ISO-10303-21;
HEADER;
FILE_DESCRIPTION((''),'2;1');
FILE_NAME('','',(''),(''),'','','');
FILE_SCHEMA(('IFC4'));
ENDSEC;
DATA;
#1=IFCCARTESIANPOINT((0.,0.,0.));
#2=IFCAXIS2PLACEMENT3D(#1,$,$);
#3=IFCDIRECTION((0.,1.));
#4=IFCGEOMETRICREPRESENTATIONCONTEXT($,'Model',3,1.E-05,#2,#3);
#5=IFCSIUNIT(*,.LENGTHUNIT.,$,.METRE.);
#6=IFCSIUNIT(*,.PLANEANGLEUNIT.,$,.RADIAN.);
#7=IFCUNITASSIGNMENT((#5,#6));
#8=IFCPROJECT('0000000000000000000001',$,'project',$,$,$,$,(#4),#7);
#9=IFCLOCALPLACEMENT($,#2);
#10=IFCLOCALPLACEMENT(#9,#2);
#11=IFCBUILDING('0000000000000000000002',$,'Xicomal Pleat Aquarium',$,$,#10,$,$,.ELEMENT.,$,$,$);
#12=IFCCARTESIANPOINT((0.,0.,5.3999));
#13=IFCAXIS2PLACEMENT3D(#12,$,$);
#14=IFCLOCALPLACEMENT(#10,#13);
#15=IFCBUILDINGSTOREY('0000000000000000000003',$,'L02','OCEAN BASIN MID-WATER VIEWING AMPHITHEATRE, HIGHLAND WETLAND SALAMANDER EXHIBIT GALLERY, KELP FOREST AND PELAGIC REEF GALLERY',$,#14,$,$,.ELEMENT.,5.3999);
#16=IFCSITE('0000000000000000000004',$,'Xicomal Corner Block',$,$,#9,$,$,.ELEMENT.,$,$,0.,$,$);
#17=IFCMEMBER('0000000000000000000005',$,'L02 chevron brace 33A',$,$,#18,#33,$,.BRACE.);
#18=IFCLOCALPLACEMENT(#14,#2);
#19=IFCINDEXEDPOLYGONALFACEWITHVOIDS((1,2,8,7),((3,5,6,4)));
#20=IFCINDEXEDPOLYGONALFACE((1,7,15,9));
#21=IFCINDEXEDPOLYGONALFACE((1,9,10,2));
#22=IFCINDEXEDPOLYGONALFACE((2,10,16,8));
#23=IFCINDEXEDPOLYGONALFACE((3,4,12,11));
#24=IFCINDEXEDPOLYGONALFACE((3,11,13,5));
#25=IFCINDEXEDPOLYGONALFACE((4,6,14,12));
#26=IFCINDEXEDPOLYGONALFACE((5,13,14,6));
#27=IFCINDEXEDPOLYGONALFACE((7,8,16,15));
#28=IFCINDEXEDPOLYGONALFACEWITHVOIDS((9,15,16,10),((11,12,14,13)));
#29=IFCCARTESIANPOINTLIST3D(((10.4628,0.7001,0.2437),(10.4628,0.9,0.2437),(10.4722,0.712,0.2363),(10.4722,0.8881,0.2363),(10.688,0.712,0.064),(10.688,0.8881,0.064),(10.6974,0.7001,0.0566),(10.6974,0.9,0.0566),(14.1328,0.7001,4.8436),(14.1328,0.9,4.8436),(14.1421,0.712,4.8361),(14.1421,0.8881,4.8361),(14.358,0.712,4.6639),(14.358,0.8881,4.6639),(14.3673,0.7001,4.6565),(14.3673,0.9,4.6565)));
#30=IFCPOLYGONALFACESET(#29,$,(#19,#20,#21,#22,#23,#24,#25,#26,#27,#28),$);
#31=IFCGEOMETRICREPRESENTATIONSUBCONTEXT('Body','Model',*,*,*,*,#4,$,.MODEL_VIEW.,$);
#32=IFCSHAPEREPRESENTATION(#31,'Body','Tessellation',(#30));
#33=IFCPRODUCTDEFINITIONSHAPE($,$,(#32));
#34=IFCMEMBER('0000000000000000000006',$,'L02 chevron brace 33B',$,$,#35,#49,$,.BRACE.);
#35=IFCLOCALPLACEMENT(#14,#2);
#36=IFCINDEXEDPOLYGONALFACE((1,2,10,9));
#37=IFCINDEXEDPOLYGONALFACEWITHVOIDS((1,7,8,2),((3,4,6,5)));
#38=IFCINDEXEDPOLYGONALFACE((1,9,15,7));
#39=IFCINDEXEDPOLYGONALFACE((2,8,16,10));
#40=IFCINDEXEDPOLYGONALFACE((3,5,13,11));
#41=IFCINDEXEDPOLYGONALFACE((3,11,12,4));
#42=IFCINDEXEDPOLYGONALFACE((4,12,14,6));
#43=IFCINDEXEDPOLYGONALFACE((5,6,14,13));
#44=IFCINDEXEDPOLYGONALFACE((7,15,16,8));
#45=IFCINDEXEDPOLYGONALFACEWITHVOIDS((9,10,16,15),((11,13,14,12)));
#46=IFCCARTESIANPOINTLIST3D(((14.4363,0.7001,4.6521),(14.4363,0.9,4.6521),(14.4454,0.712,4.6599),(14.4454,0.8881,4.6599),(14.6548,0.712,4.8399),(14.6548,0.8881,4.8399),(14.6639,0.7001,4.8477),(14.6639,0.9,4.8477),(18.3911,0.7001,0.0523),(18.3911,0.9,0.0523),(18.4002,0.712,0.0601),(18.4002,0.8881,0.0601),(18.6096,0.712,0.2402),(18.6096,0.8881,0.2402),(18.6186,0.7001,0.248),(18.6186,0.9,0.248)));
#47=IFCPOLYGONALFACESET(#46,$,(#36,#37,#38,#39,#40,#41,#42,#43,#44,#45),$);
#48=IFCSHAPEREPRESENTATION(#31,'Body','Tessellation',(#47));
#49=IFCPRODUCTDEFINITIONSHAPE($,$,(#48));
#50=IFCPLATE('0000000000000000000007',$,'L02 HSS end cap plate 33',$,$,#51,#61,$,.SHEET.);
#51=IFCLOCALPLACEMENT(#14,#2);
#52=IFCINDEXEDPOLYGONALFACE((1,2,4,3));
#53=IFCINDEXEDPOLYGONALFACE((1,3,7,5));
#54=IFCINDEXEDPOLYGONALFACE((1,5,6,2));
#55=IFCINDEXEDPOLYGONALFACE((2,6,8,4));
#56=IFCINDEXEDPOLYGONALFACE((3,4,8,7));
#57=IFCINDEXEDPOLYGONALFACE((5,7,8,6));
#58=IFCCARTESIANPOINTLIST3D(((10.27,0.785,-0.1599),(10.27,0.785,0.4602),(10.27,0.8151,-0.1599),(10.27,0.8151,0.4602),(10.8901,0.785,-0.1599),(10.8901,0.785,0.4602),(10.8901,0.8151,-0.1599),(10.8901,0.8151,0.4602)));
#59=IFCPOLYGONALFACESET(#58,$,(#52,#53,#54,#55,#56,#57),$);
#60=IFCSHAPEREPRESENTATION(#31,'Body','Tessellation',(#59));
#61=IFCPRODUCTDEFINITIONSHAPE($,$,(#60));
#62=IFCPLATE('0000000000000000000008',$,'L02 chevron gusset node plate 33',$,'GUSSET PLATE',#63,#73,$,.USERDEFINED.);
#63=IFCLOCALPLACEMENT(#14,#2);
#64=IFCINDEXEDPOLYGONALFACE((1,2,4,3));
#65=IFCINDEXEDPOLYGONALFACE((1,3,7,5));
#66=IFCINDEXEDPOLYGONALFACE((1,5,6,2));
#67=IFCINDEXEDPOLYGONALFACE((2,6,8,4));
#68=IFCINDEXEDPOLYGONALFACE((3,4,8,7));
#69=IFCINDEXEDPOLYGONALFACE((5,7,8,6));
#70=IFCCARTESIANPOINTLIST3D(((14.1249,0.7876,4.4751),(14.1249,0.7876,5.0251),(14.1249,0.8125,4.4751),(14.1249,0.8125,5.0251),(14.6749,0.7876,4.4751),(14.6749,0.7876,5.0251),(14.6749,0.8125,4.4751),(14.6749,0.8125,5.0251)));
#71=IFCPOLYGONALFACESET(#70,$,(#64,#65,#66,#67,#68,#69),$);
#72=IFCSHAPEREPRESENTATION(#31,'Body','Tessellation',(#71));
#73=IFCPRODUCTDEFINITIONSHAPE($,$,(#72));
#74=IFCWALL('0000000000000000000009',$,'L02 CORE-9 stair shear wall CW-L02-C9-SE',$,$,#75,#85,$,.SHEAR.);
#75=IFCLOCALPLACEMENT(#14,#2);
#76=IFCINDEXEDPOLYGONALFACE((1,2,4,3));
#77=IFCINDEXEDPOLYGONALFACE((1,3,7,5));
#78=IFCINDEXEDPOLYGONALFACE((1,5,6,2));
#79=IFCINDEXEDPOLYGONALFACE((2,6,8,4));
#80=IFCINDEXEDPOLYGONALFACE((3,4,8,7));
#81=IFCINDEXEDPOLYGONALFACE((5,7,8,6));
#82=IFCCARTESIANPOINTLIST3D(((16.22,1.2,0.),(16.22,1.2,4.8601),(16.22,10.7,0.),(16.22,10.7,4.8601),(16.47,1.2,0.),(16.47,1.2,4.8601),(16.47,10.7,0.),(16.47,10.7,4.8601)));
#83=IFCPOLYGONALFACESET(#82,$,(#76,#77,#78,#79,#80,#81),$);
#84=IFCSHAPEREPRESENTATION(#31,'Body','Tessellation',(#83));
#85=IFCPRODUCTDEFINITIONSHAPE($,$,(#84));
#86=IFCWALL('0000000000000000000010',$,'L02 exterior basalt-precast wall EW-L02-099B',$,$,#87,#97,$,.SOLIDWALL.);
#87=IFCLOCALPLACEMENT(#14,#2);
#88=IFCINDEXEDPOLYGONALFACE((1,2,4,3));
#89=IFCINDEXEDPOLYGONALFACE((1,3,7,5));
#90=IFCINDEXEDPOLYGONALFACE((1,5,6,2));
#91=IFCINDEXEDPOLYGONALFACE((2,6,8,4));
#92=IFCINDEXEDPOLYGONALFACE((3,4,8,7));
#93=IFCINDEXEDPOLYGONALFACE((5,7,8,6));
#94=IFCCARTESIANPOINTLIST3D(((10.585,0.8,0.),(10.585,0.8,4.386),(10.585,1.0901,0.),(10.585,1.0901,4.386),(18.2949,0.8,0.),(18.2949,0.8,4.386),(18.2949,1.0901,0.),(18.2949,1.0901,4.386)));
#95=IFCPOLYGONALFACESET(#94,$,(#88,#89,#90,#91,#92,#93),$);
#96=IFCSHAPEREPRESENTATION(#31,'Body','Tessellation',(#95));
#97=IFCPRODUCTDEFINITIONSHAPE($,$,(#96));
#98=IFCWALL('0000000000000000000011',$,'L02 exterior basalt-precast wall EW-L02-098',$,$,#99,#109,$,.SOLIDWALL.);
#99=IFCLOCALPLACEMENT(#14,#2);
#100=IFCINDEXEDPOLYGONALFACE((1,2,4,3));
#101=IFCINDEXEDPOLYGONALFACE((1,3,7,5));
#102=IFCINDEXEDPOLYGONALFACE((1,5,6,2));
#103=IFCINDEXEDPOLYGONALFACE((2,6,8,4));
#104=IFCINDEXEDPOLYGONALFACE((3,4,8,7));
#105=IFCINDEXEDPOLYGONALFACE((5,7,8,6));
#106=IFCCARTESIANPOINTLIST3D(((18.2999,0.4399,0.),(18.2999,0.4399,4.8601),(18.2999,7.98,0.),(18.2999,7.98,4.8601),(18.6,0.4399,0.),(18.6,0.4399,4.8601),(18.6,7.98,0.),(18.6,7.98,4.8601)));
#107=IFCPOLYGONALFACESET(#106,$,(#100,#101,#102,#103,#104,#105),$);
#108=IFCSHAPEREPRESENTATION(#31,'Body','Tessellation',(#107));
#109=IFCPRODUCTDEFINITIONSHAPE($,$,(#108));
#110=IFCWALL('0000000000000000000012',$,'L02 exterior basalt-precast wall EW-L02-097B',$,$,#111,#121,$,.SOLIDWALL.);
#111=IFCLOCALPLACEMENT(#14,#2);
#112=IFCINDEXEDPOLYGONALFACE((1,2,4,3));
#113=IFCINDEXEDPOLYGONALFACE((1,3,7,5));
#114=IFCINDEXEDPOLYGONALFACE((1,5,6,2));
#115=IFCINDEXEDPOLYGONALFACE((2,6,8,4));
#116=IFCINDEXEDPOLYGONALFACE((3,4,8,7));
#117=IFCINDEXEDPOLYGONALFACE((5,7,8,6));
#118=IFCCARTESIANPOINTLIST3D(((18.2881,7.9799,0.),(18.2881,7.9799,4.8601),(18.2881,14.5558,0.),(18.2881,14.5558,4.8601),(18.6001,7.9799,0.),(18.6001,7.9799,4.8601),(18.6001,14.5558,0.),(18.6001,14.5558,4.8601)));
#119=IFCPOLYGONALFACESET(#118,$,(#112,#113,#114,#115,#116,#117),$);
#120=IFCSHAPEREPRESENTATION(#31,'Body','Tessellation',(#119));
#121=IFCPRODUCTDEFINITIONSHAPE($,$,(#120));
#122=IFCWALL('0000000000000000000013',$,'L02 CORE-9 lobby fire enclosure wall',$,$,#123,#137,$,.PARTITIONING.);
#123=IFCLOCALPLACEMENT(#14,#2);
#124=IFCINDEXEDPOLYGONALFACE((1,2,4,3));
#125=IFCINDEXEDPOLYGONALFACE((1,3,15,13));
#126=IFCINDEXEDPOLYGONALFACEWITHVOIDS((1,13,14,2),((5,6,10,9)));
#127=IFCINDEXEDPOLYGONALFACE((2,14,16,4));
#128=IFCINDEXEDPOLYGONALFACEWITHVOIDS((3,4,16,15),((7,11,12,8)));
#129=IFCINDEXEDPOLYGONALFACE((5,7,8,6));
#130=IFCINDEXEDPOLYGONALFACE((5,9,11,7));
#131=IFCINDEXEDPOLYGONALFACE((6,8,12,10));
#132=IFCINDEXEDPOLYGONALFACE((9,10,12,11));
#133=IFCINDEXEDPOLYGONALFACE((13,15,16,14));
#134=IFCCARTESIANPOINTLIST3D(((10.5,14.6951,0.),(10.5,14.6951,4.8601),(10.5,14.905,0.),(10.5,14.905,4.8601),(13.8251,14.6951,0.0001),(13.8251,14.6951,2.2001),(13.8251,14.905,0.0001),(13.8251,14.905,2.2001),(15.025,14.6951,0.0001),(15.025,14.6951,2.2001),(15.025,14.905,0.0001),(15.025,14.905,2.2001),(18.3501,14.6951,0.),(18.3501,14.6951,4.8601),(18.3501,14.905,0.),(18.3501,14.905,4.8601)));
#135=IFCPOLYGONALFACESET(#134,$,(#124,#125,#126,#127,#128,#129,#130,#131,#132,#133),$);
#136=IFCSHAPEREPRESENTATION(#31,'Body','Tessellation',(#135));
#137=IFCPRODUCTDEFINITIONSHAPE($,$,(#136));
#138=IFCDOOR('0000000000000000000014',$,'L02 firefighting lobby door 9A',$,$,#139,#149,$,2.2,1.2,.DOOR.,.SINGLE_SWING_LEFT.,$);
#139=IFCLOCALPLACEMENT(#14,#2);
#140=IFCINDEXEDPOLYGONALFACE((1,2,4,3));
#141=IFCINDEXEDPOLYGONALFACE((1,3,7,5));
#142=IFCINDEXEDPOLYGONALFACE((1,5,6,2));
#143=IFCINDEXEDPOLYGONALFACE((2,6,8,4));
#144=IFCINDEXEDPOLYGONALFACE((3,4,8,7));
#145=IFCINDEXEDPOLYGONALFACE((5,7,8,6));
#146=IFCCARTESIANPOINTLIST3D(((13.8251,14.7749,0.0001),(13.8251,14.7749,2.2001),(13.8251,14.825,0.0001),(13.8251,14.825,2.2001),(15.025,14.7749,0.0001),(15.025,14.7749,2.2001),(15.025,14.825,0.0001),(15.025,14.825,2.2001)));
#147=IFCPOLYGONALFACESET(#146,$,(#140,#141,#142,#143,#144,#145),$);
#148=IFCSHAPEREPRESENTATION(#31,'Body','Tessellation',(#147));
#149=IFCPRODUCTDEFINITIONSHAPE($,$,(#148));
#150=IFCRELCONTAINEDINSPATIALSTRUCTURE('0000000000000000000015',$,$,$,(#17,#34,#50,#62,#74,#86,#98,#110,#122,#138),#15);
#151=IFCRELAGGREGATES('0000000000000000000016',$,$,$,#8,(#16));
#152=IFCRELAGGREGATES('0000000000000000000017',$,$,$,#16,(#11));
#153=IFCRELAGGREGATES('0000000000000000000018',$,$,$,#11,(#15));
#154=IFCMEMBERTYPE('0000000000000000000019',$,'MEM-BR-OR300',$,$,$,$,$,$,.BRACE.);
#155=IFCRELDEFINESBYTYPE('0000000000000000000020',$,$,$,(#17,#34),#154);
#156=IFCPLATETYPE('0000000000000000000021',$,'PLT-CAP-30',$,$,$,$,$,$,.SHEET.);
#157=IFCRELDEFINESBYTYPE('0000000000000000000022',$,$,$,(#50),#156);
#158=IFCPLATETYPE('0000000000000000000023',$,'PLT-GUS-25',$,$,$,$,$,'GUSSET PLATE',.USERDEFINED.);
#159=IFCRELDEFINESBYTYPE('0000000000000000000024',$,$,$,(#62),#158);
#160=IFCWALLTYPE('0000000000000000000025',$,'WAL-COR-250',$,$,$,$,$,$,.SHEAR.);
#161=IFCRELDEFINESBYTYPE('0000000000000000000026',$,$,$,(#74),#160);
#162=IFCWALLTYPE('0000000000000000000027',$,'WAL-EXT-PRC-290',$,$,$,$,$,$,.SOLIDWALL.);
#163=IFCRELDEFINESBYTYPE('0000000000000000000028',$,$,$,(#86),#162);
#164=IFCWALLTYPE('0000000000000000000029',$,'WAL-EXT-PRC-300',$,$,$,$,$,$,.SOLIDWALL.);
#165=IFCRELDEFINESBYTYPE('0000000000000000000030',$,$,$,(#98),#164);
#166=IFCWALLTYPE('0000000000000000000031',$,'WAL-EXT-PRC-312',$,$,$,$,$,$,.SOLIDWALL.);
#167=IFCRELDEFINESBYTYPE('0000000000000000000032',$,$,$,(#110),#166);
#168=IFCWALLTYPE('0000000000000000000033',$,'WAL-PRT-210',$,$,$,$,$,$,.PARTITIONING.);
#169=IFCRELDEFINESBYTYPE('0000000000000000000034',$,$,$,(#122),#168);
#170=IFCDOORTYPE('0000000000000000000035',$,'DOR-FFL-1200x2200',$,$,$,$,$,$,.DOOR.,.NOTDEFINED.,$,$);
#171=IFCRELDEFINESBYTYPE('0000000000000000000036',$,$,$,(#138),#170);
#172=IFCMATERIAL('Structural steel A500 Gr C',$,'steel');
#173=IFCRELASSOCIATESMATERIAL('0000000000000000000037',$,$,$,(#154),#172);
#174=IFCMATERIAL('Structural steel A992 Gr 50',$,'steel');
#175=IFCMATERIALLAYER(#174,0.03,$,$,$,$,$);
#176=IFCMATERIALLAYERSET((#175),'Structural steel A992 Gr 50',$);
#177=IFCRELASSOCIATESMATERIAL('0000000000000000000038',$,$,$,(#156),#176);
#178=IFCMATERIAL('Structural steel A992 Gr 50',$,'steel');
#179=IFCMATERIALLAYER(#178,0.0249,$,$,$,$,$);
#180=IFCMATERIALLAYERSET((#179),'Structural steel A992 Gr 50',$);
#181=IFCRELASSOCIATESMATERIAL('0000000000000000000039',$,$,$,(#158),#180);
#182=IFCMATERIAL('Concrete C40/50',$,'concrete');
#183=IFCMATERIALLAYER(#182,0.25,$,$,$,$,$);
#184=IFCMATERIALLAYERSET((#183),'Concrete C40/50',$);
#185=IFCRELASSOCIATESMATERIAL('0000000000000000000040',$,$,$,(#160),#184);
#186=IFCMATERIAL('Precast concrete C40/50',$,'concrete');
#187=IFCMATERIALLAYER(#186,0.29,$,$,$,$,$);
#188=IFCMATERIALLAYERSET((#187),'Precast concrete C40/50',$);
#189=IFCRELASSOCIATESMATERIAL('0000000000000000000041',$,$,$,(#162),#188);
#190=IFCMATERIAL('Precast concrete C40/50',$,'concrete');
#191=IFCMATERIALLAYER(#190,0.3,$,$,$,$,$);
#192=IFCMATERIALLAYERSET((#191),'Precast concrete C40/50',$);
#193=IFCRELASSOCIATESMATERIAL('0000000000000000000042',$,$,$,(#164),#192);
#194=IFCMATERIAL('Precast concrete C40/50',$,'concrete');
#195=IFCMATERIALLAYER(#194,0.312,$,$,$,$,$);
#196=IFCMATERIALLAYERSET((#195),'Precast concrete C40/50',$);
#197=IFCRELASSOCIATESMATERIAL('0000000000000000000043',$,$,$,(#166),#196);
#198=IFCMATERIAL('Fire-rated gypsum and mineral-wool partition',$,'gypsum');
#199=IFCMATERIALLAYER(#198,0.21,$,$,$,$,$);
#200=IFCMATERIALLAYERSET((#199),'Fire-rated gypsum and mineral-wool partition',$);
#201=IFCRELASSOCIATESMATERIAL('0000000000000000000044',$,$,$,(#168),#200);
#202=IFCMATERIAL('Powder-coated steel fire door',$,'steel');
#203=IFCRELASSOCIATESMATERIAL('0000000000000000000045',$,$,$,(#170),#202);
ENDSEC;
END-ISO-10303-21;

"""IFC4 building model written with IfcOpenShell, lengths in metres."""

from ifc_helpers import new_model, si_unit, direction, frame, frame_2d, origin, origin_2d, place, context, subcontext, project, spatial, rectangle, hollow_rectangle, extrude, material, layer, layer_set, material_profile, profile_set, type_object, element, fill, save


model = new_model("IFC4")

# Units and contexts
model_context = context("Model", 3, precision=1e-05, world=origin(), true_north=direction((0.0, 1.0)))
body_context = subcontext(model_context, "Body", "Model", "MODEL_VIEW")
ifc_project = project(units=[si_unit("LENGTHUNIT", "METRE"), si_unit("PLANEANGLEUNIT", "RADIAN")], contexts=[model_context])

# Site, building, storey
site_placement = place(None, origin())
site = spatial("IfcSite", under=ifc_project, at=site_placement, Name="Xicomal Corner Block", CompositionType="ELEMENT", RefElevation=0.0)
building_placement = place(site_placement, origin())
building = spatial("IfcBuilding", under=site, at=building_placement, Name="Xicomal Pleat Aquarium", CompositionType="ELEMENT")
storey_placement = place(building_placement, frame((0.0, 0.0, 5.3999)))
storey = spatial("IfcBuildingStorey", under=building, at=storey_placement, Name="L02", Description="OCEAN BASIN MID-WATER VIEWING AMPHITHEATRE, HIGHLAND WETLAND SALAMANDER EXHIBIT GALLERY, KELP FOREST AND PELAGIC REEF GALLERY", CompositionType="ELEMENT", Elevation=5.3999)

# Members
ifc_material_1 = material(Name="Structural steel A500 Gr C", Category="steel")
ifc_material_profile_1 = material_profile(ifc_material_1, hollow_rectangle(XDim=0.2, YDim=0.3, WallThickness=0.012, at=origin_2d()), Name="OR 300x200x12")
ifc_profile_set_1 = profile_set([ifc_material_profile_1], Name="Structural steel A500 Gr C")
member_type = type_object("IfcMemberType", Name="MEM-BR-OR300", PredefinedType="BRACE", material=ifc_profile_set_1)
member_1_placement = place(storey_placement, frame((10.5801, 0.8, 0.1501), z_axis=(0.623662, 0.0, 0.781694), x_axis=(0.0, 1.0, 0.0)))
element("IfcMember", 1, at=member_1_placement, inside=storey, type_object=member_type, Name="L02 chevron brace 33A", PredefinedType="BRACE", context=body_context, shape_type="SweptSolid", body=[
    extrude(hollow_rectangle(XDim=0.2, YDim=0.3, WallThickness=0.012, at=origin_2d()), origin(), (0.0, 0.0, 1.0), 5.8845),
])
member_2_placement = place(storey_placement, frame((18.5049, 0.8, 0.1501), z_axis=(-0.651941, 0.0, 0.75827), x_axis=(0.0, -1.0, 0.0)))
element("IfcMember", 2, at=member_2_placement, inside=storey, type_object=member_type, Name="L02 chevron brace 33B", PredefinedType="BRACE", context=body_context, shape_type="SweptSolid", body=[
    extrude(hollow_rectangle(XDim=0.2, YDim=0.3, WallThickness=0.012, at=origin_2d()), origin(), (0.0, 0.0, 1.0), 6.0662),
])

# Plates
ifc_material_2 = material(Name="Structural steel A992 Gr 50", Category="steel")
ifc_layer_1 = layer(ifc_material_2, 0.03)
ifc_layer_set_1 = layer_set([ifc_layer_1], Name="Structural steel A992 Gr 50")
plate_type_1 = type_object("IfcPlateType", Name="PLT-CAP-30", PredefinedType="SHEET", material=ifc_layer_set_1)
plate_1_placement = place(storey_placement, frame((10.5801, 0.8, -0.1599), z_axis=(0.0, 0.0, 1.0), x_axis=(1.0, 0.0, 0.0)))
element("IfcPlate", 3, at=plate_1_placement, inside=storey, type_object=plate_type_1, Name="L02 HSS end cap plate 33", PredefinedType="SHEET", context=body_context, shape_type="SweptSolid", body=[
    extrude(rectangle(XDim=0.6201, YDim=0.03, at=origin_2d()), origin(), (0.0, 0.0, 1.0), 0.6201),
])
ifc_material_3 = material(Name="Structural steel A992 Gr 50", Category="steel")
ifc_layer_2 = layer(ifc_material_3, 0.0249)
ifc_layer_set_2 = layer_set([ifc_layer_2], Name="Structural steel A992 Gr 50")
plate_type_2 = type_object("IfcPlateType", Name="PLT-GUS-25", ElementType="GUSSET PLATE", PredefinedType="USERDEFINED", material=ifc_layer_set_2)
plate_2_placement = place(storey_placement, frame((14.3999, 0.8, 4.4751), z_axis=(0.0, 0.0, 1.0), x_axis=(1.0, 0.0, 0.0)))
element("IfcPlate", 4, at=plate_2_placement, inside=storey, type_object=plate_type_2, Name="L02 chevron gusset node plate 33", ObjectType="GUSSET PLATE", PredefinedType="USERDEFINED", context=body_context, shape_type="SweptSolid", body=[
    extrude(rectangle(XDim=0.55, YDim=0.0249, at=origin_2d()), origin(), (0.0, 0.0, 1.0), 0.55),
])

# Walls
ifc_material_4 = material(Name="Concrete C40/50", Category="concrete")
ifc_layer_3 = layer(ifc_material_4, 0.25)
ifc_layer_set_3 = layer_set([ifc_layer_3], Name="Concrete C40/50")
wall_type_1 = type_object("IfcWallType", Name="WAL-COR-250", PredefinedType="SHEAR", material=ifc_layer_set_3)
wall_1_placement = place(storey_placement, frame((16.345, 1.2, 0.0), z_axis=(0.0, 0.0, 1.0), x_axis=(0.0, 1.0, 0.0)))
element("IfcWall", 5, at=wall_1_placement, inside=storey, type_object=wall_type_1, Name="L02 CORE-9 stair shear wall CW-L02-C9-SE", PredefinedType="SHEAR", context=body_context, shape_type="SweptSolid", body=[
    extrude(rectangle(XDim=9.5, YDim=0.25, at=frame_2d((4.75, 0.0))), origin(), (0.0, 0.0, 1.0), 4.8601),
])
ifc_material_5 = material(Name="Precast concrete C40/50", Category="concrete")
ifc_layer_4 = layer(ifc_material_5, 0.29)
ifc_layer_set_4 = layer_set([ifc_layer_4], Name="Precast concrete C40/50")
wall_type_2 = type_object("IfcWallType", Name="WAL-EXT-PRC-290", PredefinedType="SOLIDWALL", material=ifc_layer_set_4)
wall_2_placement = place(storey_placement, frame((18.2949, 0.9451, 0.0), z_axis=(0.0, 0.0, 1.0), x_axis=(-1.0, 0.0, 0.0)))
element("IfcWall", 6, at=wall_2_placement, inside=storey, type_object=wall_type_2, Name="L02 exterior basalt-precast wall EW-L02-099B", PredefinedType="SOLIDWALL", context=body_context, shape_type="SweptSolid", body=[
    extrude(rectangle(XDim=7.71, YDim=0.29, at=frame_2d((3.855, 0.0))), origin(), (0.0, 0.0, 1.0), 4.386),
])
ifc_material_6 = material(Name="Precast concrete C40/50", Category="concrete")
ifc_layer_5 = layer(ifc_material_6, 0.3)
ifc_layer_set_5 = layer_set([ifc_layer_5], Name="Precast concrete C40/50")
wall_type_3 = type_object("IfcWallType", Name="WAL-EXT-PRC-300", PredefinedType="SOLIDWALL", material=ifc_layer_set_5)
wall_3_placement = place(storey_placement, frame((18.45, 7.98, 0.0), z_axis=(0.0, 0.0, 1.0), x_axis=(0.0, -1.0, 0.0)))
element("IfcWall", 7, at=wall_3_placement, inside=storey, type_object=wall_type_3, Name="L02 exterior basalt-precast wall EW-L02-098", PredefinedType="SOLIDWALL", context=body_context, shape_type="SweptSolid", body=[
    extrude(rectangle(XDim=7.54, YDim=0.3, at=frame_2d((3.77, 0.0))), origin(), (0.0, 0.0, 1.0), 4.8601),
])
ifc_material_7 = material(Name="Precast concrete C40/50", Category="concrete")
ifc_layer_6 = layer(ifc_material_7, 0.312)
ifc_layer_set_6 = layer_set([ifc_layer_6], Name="Precast concrete C40/50")
wall_type_4 = type_object("IfcWallType", Name="WAL-EXT-PRC-312", PredefinedType="SOLIDWALL", material=ifc_layer_set_6)
wall_4_placement = place(storey_placement, frame((18.4441, 14.5559, 0.0), z_axis=(0.0, 0.0, 1.0), x_axis=(0.0, -1.0, 0.0)))
element("IfcWall", 8, at=wall_4_placement, inside=storey, type_object=wall_type_4, Name="L02 exterior basalt-precast wall EW-L02-097B", PredefinedType="SOLIDWALL", context=body_context, shape_type="SweptSolid", body=[
    extrude(rectangle(XDim=6.5759, YDim=0.312, at=frame_2d((3.2881, 0.0))), origin(), (0.0, 0.0, 1.0), 4.8601),
])

# Wall, opening, door
ifc_material_8 = material(Name="Fire-rated gypsum and mineral-wool partition", Category="gypsum")
ifc_layer_7 = layer(ifc_material_8, 0.21)
ifc_layer_set_7 = layer_set([ifc_layer_7], Name="Fire-rated gypsum and mineral-wool partition")
wall_type_5 = type_object("IfcWallType", Name="WAL-PRT-210", PredefinedType="PARTITIONING", material=ifc_layer_set_7)
wall_5_placement = place(storey_placement, frame((10.5, 14.8, 0.0), z_axis=(0.0, 0.0, 1.0), x_axis=(1.0, 0.0, 0.0)))
wall_5 = element("IfcWall", 9, at=wall_5_placement, inside=storey, type_object=wall_type_5, Name="L02 CORE-9 lobby fire enclosure wall", PredefinedType="PARTITIONING", context=body_context, shape_type="SweptSolid", body=[
    extrude(rectangle(XDim=7.8501, YDim=0.21, at=frame_2d((3.925, 0.0))), origin(), (0.0, 0.0, 1.0), 4.8601),
])
opening_placement = place(wall_5_placement, frame((3.325, 0.0, 0.0)))
opening = element("IfcOpeningElement", 10, at=opening_placement, cuts=wall_5, PredefinedType="OPENING", context=body_context, shape_type="SweptSolid", body=[
    extrude(rectangle(XDim=1.2, YDim=2.2, at=frame_2d((0.6001, 1.1001))), frame((0.0, 0.115, 0.0), z_axis=(0.0, -1.0, 0.0), x_axis=(1.0, 0.0, 0.0)), (0.0, 0.0, 1.0), 0.23),
])
ifc_material_9 = material(Name="Powder-coated steel fire door", Category="steel")
door_type = type_object("IfcDoorType", Name="DOR-FFL-1200x2200", OperationType="NOTDEFINED", PredefinedType="DOOR", material=ifc_material_9)
door_placement = place(opening_placement, origin())
door = element("IfcDoor", 11, at=door_placement, inside=storey, type_object=door_type, Name="L02 firefighting lobby door 9A", OperationType="SINGLE_SWING_LEFT", OverallHeight=2.2, OverallWidth=1.2, PredefinedType="DOOR", context=body_context, shape_type="SweptSolid", body=[
    extrude(rectangle(XDim=1.2, YDim=2.2, at=frame_2d((0.6001, 1.1001))), frame((0.0, 0.0249, 0.0), z_axis=(0.0, -1.0, 0.0), x_axis=(1.0, 0.0, 0.0)), (0.0, 0.0, 1.0), 0.05),
])
fill(opening, door)

save(model, "model.ifc")
